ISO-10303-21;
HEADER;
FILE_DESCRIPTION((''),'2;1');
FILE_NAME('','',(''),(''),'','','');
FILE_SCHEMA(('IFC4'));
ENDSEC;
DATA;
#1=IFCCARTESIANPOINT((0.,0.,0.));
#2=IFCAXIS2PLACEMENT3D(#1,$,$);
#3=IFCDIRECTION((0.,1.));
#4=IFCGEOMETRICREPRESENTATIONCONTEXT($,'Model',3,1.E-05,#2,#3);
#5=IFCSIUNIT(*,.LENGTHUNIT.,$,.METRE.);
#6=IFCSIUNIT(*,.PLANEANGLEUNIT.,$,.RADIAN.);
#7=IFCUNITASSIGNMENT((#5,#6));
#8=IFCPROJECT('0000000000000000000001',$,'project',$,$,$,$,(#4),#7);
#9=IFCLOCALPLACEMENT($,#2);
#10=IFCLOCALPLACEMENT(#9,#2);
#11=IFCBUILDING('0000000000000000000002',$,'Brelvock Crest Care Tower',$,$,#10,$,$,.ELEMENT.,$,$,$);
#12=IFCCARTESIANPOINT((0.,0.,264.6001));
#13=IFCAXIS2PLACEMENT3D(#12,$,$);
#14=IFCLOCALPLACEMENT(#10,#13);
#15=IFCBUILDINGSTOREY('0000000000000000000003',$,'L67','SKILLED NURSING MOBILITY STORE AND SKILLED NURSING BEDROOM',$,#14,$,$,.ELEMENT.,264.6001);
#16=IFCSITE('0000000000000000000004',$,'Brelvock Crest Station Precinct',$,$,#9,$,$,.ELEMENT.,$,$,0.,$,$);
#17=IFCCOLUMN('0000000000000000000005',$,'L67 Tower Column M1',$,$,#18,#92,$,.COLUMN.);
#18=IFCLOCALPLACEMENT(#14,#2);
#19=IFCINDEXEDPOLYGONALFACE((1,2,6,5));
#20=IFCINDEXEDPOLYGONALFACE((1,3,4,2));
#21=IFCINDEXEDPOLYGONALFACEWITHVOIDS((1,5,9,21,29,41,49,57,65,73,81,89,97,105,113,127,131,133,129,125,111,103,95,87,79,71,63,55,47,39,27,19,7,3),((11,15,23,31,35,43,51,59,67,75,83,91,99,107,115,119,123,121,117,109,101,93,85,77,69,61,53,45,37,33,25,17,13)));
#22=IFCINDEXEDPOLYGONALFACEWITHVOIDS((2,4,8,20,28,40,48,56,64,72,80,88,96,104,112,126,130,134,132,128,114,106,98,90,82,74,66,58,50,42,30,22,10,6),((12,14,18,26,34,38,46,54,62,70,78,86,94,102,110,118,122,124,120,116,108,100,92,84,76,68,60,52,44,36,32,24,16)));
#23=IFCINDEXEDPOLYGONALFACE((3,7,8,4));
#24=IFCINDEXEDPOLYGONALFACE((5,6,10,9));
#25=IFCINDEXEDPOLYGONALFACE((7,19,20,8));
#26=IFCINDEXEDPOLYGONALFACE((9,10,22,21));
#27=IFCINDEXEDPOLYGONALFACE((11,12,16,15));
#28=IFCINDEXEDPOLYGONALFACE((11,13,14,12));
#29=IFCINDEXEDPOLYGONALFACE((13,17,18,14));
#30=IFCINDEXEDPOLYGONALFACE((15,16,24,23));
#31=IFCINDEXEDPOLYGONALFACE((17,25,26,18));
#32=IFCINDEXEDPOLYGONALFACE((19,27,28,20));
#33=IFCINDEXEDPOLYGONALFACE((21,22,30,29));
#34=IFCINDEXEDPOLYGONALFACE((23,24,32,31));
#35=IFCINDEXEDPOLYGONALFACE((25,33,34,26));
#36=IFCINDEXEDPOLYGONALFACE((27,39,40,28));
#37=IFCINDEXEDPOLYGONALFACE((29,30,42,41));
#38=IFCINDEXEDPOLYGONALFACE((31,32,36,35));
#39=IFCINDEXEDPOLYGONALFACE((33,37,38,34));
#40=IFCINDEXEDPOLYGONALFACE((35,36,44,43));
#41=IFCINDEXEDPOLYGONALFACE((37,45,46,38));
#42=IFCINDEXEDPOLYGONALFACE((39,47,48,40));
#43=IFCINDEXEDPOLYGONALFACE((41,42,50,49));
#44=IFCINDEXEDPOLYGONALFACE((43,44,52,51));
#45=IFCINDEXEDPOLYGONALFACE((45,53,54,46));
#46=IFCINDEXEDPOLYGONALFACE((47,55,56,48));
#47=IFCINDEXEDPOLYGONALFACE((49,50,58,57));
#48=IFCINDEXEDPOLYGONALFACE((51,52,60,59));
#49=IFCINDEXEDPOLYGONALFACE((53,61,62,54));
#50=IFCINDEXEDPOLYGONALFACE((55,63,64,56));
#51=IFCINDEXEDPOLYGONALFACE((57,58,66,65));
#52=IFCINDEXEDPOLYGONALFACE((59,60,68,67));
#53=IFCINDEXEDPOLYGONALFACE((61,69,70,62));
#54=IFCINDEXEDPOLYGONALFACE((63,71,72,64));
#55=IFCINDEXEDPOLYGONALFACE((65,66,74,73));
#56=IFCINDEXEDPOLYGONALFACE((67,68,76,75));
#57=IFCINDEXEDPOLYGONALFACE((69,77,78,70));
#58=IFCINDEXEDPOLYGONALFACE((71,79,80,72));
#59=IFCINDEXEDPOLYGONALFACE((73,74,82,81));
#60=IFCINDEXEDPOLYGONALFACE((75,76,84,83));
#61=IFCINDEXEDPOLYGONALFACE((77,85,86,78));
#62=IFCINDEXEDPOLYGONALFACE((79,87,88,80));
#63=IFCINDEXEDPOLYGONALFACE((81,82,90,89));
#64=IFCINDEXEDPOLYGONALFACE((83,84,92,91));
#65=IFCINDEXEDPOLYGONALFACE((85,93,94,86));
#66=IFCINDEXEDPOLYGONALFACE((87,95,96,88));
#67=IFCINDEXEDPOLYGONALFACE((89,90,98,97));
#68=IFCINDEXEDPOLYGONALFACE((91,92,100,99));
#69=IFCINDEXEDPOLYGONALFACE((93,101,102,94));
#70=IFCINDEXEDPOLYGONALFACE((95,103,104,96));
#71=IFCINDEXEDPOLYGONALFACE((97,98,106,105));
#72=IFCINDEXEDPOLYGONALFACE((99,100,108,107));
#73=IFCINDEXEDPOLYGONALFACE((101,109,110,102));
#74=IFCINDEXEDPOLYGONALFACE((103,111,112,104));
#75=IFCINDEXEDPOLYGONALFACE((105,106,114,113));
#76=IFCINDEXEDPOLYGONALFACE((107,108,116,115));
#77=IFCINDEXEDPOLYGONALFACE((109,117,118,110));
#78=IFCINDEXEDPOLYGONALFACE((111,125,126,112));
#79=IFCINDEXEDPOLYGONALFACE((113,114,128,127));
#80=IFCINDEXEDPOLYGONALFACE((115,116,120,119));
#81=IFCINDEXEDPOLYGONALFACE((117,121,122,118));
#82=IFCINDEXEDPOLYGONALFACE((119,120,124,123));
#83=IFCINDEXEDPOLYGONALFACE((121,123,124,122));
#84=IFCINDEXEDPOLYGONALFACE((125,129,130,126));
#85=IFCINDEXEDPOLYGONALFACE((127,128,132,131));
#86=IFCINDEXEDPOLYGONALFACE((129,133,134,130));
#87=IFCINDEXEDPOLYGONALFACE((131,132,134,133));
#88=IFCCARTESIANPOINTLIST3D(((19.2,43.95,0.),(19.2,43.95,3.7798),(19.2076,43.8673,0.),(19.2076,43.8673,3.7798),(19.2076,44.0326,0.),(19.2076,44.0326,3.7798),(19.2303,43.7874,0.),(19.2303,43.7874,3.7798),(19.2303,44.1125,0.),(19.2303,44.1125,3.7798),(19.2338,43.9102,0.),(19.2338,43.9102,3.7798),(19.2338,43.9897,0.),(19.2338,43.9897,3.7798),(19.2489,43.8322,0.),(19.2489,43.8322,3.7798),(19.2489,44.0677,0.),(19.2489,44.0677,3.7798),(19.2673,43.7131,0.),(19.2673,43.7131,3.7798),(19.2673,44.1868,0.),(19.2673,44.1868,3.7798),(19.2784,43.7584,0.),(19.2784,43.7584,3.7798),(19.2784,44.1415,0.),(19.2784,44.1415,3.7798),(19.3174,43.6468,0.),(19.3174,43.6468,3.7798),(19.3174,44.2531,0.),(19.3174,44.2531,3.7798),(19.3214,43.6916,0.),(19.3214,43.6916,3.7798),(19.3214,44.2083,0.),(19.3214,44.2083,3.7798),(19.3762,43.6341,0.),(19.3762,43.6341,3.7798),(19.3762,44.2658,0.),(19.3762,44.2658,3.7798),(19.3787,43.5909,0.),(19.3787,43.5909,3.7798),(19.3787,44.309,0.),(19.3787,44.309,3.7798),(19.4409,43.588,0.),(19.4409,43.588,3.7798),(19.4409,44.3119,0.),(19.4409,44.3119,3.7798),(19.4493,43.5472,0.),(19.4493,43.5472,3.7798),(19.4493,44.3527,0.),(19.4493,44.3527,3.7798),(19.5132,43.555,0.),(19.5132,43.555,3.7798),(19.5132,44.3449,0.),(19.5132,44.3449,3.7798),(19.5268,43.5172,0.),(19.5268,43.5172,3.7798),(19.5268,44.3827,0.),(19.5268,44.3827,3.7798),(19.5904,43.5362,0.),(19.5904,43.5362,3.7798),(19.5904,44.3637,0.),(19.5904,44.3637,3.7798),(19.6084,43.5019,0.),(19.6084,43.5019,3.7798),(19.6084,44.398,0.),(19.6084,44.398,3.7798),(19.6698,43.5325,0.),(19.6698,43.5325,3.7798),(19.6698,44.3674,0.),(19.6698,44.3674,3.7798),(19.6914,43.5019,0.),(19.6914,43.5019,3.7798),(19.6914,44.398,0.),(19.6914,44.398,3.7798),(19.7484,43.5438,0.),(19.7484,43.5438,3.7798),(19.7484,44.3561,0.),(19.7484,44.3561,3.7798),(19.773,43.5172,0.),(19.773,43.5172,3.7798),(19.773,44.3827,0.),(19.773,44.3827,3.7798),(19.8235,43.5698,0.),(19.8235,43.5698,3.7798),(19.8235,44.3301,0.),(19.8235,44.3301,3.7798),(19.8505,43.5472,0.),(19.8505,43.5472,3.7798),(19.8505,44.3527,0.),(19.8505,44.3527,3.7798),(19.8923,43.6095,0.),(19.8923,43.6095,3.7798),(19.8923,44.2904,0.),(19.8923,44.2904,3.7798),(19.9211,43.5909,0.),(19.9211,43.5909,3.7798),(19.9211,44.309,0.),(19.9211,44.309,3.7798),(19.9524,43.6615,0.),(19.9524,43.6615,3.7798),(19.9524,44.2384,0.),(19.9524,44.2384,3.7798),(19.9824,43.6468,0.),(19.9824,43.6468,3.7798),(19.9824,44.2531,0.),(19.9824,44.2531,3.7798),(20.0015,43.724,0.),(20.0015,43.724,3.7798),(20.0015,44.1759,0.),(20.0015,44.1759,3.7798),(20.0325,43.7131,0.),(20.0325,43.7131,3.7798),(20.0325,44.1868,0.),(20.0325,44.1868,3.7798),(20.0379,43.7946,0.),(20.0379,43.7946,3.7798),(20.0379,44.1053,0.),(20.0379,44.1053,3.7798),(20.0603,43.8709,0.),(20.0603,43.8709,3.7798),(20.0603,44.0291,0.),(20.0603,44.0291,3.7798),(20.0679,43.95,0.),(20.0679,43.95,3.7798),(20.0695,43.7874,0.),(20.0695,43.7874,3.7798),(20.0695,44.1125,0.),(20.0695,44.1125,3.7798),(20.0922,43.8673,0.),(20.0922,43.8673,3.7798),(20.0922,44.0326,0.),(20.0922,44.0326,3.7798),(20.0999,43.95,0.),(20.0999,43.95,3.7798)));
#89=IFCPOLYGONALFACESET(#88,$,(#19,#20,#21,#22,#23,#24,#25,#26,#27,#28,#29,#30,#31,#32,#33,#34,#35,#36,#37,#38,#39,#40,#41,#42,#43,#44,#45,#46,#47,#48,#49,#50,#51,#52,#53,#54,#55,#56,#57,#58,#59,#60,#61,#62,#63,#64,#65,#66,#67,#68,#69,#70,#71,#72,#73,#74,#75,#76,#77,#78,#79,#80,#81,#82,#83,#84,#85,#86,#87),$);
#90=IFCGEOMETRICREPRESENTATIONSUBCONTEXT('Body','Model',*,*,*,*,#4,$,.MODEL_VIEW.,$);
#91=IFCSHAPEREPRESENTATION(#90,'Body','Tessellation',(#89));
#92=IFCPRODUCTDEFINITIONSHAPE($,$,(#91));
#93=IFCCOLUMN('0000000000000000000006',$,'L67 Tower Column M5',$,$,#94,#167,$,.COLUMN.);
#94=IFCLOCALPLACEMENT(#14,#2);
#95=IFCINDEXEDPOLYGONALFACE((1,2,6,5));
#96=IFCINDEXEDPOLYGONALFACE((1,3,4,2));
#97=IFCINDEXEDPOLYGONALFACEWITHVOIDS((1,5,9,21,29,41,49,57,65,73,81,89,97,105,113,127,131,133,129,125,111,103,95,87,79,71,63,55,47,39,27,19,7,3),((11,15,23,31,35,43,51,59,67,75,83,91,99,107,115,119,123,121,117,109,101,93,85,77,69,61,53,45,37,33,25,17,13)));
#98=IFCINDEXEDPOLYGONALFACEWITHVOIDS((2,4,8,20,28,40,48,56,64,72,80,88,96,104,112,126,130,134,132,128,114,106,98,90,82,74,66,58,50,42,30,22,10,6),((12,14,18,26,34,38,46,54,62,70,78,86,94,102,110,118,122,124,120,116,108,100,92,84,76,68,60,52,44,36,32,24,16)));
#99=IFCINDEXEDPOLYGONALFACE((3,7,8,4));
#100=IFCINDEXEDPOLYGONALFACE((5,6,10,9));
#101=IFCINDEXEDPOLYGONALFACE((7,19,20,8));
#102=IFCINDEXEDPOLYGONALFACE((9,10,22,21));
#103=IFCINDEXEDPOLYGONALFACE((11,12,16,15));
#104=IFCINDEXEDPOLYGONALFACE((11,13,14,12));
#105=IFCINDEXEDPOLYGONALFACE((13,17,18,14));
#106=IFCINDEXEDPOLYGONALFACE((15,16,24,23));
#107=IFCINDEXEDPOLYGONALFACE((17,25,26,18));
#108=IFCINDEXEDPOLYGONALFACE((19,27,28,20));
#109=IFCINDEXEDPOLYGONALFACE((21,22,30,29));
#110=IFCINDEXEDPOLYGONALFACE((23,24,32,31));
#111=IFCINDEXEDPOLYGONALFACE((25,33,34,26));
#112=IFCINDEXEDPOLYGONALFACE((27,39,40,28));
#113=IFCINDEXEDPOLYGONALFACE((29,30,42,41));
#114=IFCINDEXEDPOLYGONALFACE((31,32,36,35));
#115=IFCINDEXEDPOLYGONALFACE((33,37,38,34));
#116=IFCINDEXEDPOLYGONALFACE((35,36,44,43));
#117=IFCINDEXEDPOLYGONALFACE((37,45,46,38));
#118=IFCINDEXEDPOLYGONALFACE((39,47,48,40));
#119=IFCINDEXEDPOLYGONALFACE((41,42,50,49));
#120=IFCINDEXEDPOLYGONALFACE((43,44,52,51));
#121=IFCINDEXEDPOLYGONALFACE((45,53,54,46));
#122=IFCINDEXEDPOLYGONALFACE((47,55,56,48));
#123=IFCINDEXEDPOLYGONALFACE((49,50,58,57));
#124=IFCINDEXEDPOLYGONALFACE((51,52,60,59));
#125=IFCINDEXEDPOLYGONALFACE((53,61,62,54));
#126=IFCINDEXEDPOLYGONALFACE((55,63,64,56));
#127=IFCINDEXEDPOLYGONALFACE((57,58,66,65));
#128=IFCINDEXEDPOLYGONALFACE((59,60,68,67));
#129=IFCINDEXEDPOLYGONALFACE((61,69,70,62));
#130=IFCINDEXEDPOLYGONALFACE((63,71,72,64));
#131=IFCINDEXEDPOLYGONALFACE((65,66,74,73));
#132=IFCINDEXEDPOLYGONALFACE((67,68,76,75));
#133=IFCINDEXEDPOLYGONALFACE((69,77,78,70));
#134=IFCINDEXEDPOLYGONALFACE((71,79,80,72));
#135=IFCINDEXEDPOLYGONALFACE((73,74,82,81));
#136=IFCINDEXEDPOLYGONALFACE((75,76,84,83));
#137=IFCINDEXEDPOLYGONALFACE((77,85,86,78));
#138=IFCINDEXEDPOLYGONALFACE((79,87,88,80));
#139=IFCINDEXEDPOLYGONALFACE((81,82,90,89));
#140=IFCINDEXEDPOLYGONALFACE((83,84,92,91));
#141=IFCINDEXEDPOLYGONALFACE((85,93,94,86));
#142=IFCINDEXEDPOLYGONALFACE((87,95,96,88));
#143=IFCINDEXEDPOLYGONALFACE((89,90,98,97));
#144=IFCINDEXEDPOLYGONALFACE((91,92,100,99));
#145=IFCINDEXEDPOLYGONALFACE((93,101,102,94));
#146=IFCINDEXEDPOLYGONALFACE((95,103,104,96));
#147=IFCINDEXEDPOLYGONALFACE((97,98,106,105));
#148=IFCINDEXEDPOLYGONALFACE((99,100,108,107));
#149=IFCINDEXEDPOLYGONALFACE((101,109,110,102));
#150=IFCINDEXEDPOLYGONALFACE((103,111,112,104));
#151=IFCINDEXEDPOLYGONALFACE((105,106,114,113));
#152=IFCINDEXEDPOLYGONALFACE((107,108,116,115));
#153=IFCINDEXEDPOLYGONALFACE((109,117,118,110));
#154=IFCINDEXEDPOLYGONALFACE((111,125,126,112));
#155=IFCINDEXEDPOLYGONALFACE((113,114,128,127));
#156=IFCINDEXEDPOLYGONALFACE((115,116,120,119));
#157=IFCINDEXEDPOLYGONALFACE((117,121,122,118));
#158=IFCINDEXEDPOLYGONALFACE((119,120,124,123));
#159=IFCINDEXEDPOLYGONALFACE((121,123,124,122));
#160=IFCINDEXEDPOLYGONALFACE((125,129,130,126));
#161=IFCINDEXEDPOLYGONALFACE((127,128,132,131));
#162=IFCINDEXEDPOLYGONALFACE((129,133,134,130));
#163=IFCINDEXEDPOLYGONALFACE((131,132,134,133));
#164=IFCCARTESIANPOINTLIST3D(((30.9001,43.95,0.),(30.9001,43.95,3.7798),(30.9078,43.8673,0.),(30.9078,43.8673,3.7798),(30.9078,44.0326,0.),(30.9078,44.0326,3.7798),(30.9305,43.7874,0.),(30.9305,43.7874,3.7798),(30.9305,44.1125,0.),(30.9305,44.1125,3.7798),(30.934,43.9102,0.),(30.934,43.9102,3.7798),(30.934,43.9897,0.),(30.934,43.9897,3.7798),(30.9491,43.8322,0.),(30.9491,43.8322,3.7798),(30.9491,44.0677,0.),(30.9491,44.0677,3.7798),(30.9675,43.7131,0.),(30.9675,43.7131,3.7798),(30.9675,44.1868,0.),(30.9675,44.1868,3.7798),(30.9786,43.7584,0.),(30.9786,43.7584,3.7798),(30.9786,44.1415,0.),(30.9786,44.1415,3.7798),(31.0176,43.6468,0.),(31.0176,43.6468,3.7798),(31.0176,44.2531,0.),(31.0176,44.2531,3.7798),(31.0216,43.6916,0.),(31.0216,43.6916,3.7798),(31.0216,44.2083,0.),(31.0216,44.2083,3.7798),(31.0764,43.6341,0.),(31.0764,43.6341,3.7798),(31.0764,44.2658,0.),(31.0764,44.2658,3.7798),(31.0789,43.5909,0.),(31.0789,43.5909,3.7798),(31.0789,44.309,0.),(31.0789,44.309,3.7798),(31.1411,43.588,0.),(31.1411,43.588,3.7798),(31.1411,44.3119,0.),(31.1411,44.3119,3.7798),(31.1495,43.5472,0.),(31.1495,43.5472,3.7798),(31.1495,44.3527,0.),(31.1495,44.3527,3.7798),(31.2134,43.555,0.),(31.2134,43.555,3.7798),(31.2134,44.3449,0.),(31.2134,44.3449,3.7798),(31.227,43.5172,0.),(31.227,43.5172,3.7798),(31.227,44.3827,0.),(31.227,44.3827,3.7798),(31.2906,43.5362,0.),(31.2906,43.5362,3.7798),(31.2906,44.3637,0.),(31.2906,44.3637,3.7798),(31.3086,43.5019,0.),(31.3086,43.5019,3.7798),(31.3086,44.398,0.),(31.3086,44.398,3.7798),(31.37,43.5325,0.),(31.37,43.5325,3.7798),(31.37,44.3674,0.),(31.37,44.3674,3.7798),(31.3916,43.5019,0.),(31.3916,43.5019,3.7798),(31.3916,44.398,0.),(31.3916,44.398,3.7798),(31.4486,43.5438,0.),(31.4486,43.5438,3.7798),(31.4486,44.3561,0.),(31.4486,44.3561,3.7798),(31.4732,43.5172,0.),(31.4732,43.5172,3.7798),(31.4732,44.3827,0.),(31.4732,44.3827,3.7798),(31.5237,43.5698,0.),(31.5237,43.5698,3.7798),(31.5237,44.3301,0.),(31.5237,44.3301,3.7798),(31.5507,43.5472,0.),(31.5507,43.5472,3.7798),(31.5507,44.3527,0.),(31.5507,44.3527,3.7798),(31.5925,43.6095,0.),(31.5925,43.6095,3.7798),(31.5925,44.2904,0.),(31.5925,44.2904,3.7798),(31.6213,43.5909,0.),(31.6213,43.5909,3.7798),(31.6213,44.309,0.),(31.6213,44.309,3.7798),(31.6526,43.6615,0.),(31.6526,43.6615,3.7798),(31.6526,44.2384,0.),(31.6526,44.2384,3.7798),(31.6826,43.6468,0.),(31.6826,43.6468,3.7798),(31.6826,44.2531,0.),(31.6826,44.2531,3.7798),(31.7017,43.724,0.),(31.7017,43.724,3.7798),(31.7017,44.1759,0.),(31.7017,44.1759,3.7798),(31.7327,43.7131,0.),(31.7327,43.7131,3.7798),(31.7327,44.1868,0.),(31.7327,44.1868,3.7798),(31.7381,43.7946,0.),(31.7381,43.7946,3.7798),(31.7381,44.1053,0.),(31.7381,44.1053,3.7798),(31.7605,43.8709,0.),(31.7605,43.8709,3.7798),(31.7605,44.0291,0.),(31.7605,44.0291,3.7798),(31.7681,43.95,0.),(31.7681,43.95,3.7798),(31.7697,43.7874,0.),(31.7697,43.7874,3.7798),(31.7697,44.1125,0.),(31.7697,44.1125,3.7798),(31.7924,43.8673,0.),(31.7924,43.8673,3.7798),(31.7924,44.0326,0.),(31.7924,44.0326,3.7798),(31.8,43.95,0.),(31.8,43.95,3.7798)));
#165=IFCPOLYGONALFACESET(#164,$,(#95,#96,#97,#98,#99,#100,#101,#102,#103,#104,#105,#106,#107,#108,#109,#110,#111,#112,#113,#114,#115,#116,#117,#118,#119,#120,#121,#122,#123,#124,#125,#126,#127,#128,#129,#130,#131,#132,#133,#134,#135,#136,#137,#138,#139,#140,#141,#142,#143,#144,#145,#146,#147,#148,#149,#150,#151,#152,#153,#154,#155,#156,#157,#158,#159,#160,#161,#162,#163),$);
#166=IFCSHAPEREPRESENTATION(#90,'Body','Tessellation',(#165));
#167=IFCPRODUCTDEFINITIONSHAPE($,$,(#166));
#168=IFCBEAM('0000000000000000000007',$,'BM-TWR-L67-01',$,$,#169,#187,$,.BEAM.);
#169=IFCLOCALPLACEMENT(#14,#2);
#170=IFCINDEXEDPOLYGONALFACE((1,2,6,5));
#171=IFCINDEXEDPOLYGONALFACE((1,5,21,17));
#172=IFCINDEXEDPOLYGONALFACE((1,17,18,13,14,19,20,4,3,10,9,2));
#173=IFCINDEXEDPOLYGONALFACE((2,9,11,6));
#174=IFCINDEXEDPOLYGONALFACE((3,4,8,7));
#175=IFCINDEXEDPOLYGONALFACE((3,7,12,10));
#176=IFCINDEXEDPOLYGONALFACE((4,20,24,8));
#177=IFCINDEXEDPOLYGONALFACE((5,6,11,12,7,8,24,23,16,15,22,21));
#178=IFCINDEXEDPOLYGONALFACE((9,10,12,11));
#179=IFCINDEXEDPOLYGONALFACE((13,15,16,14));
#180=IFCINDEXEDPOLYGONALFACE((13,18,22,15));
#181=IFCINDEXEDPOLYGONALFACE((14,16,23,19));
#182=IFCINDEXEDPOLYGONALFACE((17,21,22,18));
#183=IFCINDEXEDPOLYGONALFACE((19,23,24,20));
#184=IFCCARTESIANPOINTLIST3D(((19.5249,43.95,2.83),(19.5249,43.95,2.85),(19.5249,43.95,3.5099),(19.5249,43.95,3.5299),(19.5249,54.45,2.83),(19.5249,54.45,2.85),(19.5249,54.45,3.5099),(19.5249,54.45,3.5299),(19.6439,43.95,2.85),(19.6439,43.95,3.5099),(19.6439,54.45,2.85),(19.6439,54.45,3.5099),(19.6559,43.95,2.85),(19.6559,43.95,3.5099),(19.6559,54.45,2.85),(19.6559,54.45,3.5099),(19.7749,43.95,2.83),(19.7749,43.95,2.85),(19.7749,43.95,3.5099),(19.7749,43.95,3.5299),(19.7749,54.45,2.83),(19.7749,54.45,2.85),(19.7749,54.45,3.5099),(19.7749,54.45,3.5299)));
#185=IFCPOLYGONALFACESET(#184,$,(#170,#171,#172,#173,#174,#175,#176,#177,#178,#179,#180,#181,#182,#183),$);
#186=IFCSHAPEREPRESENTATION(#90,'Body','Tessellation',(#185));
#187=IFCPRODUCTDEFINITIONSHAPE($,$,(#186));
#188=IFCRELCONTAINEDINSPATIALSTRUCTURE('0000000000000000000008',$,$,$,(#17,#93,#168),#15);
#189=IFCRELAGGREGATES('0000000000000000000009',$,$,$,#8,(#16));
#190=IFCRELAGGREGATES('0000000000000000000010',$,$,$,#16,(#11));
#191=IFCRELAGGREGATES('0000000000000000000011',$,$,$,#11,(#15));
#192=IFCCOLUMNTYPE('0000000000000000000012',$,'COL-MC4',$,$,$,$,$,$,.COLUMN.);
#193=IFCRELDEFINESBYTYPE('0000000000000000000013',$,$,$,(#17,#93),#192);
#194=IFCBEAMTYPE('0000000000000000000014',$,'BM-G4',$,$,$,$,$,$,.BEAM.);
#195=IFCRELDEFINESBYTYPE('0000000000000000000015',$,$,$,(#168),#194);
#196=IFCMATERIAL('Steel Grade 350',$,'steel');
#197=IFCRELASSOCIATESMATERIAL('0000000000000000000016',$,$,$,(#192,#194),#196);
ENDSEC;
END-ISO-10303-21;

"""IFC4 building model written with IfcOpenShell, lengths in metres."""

from ifc_helpers import new_model, si_unit, direction, frame, origin, origin_2d, place, context, subcontext, project, spatial, hollow_circle, i_section, extrude, source, transform, mapped, material, material_profile, profile_set, type_object, element, save


model = new_model("IFC4")

# Units and contexts
model_context = context("Model", 3, precision=1e-05, world=origin(), true_north=direction((0.0, 1.0)))
body_context = subcontext(model_context, "Body", "Model", "MODEL_VIEW")
ifc_project = project(units=[si_unit("LENGTHUNIT", "METRE"), si_unit("PLANEANGLEUNIT", "RADIAN")], contexts=[model_context])

# Site, building, storey
site_placement = place(None, origin())
site = spatial("IfcSite", under=ifc_project, at=site_placement, Name="Brelvock Crest Station Precinct", CompositionType="ELEMENT", RefElevation=0.0)
building_placement = place(site_placement, origin())
building = spatial("IfcBuilding", under=site, at=building_placement, Name="Brelvock Crest Care Tower", CompositionType="ELEMENT")
storey_placement = place(building_placement, frame((0.0, 0.0, 264.6001)))
storey = spatial("IfcBuildingStorey", under=building, at=storey_placement, Name="L67", Description="SKILLED NURSING MOBILITY STORE AND SKILLED NURSING BEDROOM", CompositionType="ELEMENT", Elevation=264.6001)

# Columns
ifc_material_1 = material(Name="Steel Grade 350", Category="steel")
ifc_material_profile_1 = material_profile(ifc_material_1, hollow_circle(Radius=0.45, WallThickness=0.032, at=origin_2d()), Name="CFT900x32")
ifc_profile_set_1 = profile_set([ifc_material_profile_1], Name="Steel Grade 350")
column_type = type_object("IfcColumnType", Name="COL-MC4", PredefinedType="COLUMN", material=ifc_profile_set_1)
shared_shape_1 = source(origin(), body_context, "Body", "SweptSolid", [
    extrude(hollow_circle(Radius=0.45, WallThickness=0.032, at=origin_2d()), origin(), (0.0, 0.0, 1.0), 3.7798),
])
for number, where, z_axis, x_axis, name in (
    (1, (19.6499, 43.95, 0.0), (0.0, 0.0, 1.0), (1.0, 0.0, 0.0), "L67 Tower Column M1"),
    (2, (31.3501, 43.95, 0.0), (0.0, 0.0, 1.0), (1.0, 0.0, 0.0), "L67 Tower Column M5"),
):
    element("IfcColumn", number, at=place(storey_placement, frame(where, z_axis=z_axis, x_axis=x_axis)), inside=storey, type_object=column_type, Name=name, PredefinedType="COLUMN", context=body_context, shape_type="MappedRepresentation", body=[
        mapped(shared_shape_1, transform((0.0, 0.0, 0.0), x_axis=(1.0, 0.0, 0.0), y_axis=(0.0, 1.0, 0.0), z_axis=(0.0, 0.0, 1.0), scale=1.0)),
    ])

# Beam
ifc_material_profile_2 = material_profile(ifc_material_1, i_section(OverallWidth=0.25, OverallDepth=0.7, WebThickness=0.012, FlangeThickness=0.02, at=origin_2d()), Name="700WB150")
ifc_profile_set_2 = profile_set([ifc_material_profile_2], Name="Steel Grade 350")
beam_type_1 = type_object("IfcBeamType", Name="BM-G4", PredefinedType="BEAM", material=ifc_profile_set_2)
shared_shape_2 = source(origin(), body_context, "Body", "SweptSolid", [
    extrude(i_section(OverallWidth=0.25, OverallDepth=0.7, WebThickness=0.012, FlangeThickness=0.02, at=origin_2d()), origin(), (0.0, 0.0, 1.0), 10.5),
])
beam_1_placement = place(storey_placement, frame((19.6499, 43.95, 3.1799), z_axis=(0.0, 1.0, 0.0), x_axis=(-1.0, 0.0, 0.0)))
element("IfcBeam", 3, at=beam_1_placement, inside=storey, type_object=beam_type_1, Name="BM-TWR-L67-01", PredefinedType="BEAM", context=body_context, shape_type="MappedRepresentation", body=[
    mapped(shared_shape_2, transform((0.0, 0.0, 0.0), x_axis=(1.0, 0.0, 0.0), y_axis=(0.0, 1.0, 0.0), z_axis=(0.0, 0.0, 1.0), scale=1.0)),
])

save(model, "model.ifc")
